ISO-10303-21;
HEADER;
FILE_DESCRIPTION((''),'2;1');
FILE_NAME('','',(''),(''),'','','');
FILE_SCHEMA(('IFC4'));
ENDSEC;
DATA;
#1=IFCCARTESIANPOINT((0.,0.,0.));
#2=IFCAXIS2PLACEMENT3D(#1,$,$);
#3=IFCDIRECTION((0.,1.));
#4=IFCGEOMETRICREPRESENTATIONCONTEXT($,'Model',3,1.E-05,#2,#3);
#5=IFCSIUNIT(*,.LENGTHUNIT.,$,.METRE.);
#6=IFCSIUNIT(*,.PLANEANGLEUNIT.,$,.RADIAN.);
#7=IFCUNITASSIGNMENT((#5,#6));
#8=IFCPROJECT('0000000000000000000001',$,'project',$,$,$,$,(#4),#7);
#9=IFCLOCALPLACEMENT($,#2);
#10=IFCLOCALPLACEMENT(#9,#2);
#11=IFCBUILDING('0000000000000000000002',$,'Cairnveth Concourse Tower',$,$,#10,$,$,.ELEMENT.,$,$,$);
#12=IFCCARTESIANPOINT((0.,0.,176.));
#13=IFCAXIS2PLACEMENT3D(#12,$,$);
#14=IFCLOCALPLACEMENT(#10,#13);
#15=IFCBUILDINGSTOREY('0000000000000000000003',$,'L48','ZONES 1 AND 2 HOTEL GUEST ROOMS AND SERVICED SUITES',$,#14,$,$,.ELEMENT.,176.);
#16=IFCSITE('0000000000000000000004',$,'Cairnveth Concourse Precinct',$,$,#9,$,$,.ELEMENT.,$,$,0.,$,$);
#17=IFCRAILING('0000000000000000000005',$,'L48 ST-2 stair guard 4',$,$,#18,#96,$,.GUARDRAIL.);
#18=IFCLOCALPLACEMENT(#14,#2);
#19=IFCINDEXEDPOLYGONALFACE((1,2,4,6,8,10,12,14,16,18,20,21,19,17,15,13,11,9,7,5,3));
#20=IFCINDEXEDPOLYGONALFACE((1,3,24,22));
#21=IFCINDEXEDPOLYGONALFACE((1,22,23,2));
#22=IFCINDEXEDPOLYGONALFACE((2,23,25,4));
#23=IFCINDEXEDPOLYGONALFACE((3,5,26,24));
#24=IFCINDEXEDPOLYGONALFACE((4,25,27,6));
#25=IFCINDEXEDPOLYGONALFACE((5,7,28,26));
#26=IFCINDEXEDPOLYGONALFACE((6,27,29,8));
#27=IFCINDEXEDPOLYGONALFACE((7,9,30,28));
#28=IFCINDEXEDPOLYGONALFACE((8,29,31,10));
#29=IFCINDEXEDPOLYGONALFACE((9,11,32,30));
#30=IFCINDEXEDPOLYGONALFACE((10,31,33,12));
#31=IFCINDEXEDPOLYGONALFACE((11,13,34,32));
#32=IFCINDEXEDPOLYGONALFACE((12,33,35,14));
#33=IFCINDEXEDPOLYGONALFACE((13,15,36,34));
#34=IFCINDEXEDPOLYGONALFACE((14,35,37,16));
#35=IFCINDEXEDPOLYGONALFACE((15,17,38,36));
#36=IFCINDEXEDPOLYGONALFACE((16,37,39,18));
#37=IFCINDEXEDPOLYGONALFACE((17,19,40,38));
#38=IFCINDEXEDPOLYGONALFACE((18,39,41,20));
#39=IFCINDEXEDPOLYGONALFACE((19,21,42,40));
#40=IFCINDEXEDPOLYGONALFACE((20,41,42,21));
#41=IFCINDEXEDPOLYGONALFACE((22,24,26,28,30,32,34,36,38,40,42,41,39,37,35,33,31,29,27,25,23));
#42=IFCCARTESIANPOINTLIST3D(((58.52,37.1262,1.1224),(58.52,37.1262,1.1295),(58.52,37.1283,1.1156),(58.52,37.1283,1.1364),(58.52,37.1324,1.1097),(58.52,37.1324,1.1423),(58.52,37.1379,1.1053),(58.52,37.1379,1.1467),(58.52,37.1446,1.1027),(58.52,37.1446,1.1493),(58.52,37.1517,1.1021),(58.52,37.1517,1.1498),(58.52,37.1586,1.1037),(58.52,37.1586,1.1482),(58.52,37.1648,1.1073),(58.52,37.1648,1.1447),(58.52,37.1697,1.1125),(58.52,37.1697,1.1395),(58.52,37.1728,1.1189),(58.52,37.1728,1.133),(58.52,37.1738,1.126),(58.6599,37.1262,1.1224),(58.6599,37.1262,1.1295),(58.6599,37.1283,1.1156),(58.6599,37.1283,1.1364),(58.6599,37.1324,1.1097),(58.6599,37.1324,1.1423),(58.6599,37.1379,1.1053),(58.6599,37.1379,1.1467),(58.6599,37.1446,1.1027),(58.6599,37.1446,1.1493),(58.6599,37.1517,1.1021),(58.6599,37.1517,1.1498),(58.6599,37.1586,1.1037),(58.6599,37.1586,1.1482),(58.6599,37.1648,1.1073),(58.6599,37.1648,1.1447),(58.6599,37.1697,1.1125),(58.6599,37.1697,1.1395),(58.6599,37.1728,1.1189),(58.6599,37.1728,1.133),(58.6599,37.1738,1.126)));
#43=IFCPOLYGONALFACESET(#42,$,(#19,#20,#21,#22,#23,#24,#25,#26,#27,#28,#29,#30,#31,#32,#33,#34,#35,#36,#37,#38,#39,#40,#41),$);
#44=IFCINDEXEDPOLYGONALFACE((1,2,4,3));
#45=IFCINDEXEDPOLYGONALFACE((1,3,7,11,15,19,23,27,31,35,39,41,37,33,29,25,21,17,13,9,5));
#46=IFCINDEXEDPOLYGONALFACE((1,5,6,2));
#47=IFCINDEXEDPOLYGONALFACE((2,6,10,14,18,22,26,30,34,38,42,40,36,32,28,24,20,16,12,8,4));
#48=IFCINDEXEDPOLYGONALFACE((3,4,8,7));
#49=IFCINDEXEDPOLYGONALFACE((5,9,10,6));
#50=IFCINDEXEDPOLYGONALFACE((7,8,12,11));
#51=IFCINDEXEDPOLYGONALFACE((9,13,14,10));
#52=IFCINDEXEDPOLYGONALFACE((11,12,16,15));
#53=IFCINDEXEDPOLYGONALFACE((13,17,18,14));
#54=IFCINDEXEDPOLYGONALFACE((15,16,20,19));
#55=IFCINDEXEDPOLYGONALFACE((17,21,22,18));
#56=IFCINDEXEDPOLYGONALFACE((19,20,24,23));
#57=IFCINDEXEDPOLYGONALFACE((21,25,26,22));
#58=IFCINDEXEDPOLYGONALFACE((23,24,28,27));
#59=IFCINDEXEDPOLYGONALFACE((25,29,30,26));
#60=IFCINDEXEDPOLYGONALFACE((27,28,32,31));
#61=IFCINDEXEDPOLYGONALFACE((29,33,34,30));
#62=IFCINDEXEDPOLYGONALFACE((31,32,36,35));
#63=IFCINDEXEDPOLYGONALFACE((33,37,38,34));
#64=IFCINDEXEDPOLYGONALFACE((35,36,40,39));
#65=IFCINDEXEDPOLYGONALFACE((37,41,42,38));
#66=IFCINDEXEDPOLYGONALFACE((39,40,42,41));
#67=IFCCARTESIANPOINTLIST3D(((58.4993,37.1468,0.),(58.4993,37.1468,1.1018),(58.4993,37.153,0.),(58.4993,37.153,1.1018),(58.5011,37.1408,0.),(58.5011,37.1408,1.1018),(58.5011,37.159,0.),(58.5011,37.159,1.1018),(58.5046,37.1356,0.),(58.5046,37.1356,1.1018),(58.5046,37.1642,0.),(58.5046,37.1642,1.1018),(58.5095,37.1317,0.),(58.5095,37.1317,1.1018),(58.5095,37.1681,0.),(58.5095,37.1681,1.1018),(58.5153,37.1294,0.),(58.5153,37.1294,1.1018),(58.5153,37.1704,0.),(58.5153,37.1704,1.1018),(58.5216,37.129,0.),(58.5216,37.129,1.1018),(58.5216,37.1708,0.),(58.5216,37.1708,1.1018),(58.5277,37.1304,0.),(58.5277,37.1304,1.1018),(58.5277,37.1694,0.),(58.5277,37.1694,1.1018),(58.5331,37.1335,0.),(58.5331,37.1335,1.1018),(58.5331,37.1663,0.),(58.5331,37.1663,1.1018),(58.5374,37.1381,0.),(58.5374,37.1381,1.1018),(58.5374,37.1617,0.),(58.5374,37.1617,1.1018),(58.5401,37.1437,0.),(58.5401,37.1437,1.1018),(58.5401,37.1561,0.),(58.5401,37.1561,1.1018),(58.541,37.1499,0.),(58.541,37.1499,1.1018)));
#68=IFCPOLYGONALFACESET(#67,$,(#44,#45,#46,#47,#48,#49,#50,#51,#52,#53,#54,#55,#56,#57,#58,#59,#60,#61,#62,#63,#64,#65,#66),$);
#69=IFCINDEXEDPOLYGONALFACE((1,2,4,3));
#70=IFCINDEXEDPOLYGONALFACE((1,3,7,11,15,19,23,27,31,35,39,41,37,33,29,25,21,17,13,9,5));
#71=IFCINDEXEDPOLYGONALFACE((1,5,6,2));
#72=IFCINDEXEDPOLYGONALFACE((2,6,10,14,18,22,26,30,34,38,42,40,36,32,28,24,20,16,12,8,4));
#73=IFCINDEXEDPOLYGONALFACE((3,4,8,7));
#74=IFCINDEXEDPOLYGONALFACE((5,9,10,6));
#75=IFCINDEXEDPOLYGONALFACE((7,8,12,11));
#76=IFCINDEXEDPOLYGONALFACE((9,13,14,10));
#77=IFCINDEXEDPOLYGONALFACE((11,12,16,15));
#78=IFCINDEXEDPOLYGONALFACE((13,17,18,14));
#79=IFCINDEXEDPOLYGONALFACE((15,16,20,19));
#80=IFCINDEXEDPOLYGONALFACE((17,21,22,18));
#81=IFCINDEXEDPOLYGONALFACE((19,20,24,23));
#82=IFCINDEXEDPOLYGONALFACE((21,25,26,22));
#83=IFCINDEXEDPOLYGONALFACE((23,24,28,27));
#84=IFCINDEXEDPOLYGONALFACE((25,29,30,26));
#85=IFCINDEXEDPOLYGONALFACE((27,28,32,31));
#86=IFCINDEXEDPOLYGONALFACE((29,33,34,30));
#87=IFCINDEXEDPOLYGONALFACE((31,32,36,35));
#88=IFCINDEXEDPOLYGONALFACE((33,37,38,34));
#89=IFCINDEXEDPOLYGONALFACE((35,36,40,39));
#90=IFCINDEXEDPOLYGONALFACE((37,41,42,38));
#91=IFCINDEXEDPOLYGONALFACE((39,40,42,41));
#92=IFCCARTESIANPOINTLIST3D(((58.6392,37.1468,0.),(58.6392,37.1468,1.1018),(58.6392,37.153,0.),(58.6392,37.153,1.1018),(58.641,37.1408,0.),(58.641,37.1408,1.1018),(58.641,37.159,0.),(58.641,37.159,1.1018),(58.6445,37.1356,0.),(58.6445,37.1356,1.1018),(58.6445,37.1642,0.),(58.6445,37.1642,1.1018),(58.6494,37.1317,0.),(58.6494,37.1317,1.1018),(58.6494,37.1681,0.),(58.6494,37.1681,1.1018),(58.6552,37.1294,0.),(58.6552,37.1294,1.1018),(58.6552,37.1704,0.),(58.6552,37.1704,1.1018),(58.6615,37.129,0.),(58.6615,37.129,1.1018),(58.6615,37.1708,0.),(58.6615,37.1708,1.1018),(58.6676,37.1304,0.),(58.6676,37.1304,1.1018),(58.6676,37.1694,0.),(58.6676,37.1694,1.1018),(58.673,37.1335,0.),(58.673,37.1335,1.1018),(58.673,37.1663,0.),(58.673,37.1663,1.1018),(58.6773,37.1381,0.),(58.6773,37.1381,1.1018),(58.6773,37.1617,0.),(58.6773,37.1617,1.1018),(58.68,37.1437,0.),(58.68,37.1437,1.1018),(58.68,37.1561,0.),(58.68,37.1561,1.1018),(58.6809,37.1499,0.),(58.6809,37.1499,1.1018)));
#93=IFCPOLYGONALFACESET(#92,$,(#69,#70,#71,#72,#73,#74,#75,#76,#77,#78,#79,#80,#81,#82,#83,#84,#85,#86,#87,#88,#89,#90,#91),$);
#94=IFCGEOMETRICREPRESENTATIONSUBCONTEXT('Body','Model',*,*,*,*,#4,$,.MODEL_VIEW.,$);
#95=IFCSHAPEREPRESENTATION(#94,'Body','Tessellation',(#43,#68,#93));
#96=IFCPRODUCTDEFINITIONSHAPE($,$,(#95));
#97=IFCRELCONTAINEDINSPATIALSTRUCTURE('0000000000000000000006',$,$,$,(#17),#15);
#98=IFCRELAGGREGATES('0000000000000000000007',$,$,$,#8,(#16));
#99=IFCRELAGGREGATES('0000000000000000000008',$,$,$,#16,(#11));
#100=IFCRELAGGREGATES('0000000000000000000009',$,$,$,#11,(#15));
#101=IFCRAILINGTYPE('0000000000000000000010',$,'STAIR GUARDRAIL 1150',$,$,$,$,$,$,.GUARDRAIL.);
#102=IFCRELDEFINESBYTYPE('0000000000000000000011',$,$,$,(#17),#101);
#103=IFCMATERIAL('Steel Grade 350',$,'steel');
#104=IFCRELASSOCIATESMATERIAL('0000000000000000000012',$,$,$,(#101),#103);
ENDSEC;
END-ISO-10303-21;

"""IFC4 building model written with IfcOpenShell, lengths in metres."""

from ifc_helpers import new_model, si_unit, direction, frame, origin, origin_2d, place, context, subcontext, project, spatial, circle, extrude, material, type_object, element, save


model = new_model("IFC4")

# Units and contexts
model_context = context("Model", 3, precision=1e-05, world=origin(), true_north=direction((0.0, 1.0)))
body_context = subcontext(model_context, "Body", "Model", "MODEL_VIEW")
ifc_project = project(units=[si_unit("LENGTHUNIT", "METRE"), si_unit("PLANEANGLEUNIT", "RADIAN")], contexts=[model_context])

# Site, building, storey
site_placement = place(None, origin())
site = spatial("IfcSite", under=ifc_project, at=site_placement, Name="Cairnveth Concourse Precinct", CompositionType="ELEMENT", RefElevation=0.0)
building_placement = place(site_placement, origin())
building = spatial("IfcBuilding", under=site, at=building_placement, Name="Cairnveth Concourse Tower", CompositionType="ELEMENT")
storey_placement = place(building_placement, frame((0.0, 0.0, 176.0)))
storey = spatial("IfcBuildingStorey", under=building, at=storey_placement, Name="L48", Description="ZONES 1 AND 2 HOTEL GUEST ROOMS AND SERVICED SUITES", CompositionType="ELEMENT", Elevation=176.0)

# Shared definitions
ifc_material_1 = material(Name="Steel Grade 350", Category="steel")

# Railing
railing_type_1 = type_object("IfcRailingType", Name="STAIR GUARDRAIL 1150", PredefinedType="GUARDRAIL", material=ifc_material_1)
railing_1_placement = place(storey_placement, frame((58.52, 37.1499, 0.0)))
element("IfcRailing", 1, at=railing_1_placement, inside=storey, type_object=railing_type_1, Name="L48 ST-2 stair guard 4", PredefinedType="GUARDRAIL", context=body_context, shape_type="SweptSolid", body=[
    extrude(circle(Radius=0.0239, at=origin_2d()), frame((0.0, 0.0, 1.126), z_axis=(1.0, 0.0, 0.0), x_axis=(0.0, 1.0, 0.0)), (0.0, 0.0, 1.0), 0.1399),
    extrude(circle(Radius=0.021, at=origin_2d()), origin(), (0.0, 0.0, 1.0), 1.1018),
    extrude(circle(Radius=0.021, at=origin_2d()), frame((0.1399, 0.0, 0.0)), (0.0, 0.0, 1.0), 1.1018),
])

save(model, "model.ifc")
